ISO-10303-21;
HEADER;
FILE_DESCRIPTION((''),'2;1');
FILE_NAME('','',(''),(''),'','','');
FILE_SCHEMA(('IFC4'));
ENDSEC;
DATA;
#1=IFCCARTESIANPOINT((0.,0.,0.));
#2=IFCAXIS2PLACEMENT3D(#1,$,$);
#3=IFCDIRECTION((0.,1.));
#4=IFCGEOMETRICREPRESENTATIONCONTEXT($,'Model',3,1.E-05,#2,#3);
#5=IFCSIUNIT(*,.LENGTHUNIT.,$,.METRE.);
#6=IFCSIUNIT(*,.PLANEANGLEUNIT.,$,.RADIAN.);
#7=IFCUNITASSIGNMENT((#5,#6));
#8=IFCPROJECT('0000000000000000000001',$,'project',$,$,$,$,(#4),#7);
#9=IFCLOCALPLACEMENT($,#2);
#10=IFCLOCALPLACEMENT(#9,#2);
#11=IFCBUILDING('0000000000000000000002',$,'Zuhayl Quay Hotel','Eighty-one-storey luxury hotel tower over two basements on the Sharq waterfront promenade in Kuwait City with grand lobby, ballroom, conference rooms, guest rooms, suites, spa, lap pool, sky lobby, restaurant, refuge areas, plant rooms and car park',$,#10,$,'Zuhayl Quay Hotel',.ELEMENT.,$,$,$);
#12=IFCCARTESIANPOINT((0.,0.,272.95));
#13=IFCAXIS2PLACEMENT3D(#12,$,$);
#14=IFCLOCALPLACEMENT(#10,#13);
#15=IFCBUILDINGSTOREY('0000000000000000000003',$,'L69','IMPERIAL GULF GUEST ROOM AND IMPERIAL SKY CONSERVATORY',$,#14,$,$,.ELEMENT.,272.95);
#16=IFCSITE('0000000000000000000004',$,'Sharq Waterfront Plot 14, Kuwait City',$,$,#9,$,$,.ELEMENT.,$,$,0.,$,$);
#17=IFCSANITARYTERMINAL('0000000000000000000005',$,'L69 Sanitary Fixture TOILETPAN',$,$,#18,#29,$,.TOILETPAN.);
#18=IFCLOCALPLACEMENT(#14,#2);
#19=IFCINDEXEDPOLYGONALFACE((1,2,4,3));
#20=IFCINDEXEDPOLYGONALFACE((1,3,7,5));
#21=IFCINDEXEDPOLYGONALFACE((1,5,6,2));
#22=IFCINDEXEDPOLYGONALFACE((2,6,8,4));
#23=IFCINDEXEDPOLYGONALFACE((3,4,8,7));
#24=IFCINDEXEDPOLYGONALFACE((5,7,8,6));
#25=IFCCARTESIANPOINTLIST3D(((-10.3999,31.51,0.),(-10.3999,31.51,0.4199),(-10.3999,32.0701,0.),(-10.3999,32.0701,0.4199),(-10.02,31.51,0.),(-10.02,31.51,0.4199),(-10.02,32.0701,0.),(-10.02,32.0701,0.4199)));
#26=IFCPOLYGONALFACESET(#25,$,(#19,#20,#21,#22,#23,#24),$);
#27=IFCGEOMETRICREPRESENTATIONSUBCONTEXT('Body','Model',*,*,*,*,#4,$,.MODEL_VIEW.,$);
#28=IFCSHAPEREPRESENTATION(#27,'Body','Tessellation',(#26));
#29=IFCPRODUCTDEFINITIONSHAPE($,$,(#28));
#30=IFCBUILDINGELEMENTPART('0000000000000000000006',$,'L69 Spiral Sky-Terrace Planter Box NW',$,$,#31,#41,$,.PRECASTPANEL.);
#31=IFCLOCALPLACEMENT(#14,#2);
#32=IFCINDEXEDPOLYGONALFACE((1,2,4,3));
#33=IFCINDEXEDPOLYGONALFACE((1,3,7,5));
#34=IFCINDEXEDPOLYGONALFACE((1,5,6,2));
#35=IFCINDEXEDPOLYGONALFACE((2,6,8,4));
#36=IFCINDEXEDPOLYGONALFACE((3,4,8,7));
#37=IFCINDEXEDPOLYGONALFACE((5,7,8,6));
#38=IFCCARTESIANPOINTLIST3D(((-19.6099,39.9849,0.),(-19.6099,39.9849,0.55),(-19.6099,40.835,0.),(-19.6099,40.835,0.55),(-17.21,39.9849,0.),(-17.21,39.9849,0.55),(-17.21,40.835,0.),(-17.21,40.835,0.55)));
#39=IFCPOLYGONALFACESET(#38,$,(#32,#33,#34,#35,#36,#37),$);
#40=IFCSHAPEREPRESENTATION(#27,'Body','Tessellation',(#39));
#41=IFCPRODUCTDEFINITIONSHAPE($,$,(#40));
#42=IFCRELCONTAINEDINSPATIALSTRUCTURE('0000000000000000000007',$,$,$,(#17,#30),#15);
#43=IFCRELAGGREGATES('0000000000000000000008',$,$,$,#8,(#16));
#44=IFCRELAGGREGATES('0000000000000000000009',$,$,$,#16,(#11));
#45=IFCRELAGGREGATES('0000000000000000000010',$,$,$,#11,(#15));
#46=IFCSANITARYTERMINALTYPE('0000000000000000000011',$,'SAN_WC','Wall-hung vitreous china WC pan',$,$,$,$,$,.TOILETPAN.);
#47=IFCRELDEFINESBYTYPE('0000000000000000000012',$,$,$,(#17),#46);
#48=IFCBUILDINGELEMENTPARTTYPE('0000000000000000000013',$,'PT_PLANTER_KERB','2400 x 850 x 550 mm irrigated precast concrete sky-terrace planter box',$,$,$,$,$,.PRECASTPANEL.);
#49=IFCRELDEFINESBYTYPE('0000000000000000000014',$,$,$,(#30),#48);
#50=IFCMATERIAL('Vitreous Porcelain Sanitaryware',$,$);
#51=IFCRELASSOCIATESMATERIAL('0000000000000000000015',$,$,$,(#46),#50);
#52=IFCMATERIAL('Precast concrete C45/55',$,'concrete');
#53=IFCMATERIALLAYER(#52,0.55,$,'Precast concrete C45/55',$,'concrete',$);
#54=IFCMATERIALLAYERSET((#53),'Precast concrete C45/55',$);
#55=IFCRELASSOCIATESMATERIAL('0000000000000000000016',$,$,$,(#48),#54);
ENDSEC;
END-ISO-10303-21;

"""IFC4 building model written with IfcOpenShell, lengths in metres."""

from ifc_helpers import new_model, si_unit, direction, frame, origin, origin_2d, place, context, subcontext, project, spatial, rectangle, extrude, material, layer, layer_set, type_object, element, save


model = new_model("IFC4")

# Units and contexts
model_context = context("Model", 3, precision=1e-05, world=origin(), true_north=direction((0.0, 1.0)))
body_context = subcontext(model_context, "Body", "Model", "MODEL_VIEW")
ifc_project = project(units=[si_unit("LENGTHUNIT", "METRE"), si_unit("PLANEANGLEUNIT", "RADIAN")], contexts=[model_context])

# Site, building, storey
site_placement = place(None, origin())
site = spatial("IfcSite", under=ifc_project, at=site_placement, Name="Sharq Waterfront Plot 14, Kuwait City", CompositionType="ELEMENT", RefElevation=0.0)
building_placement = place(site_placement, origin())
building = spatial("IfcBuilding", under=site, at=building_placement, Name="Zuhayl Quay Hotel", Description="Eighty-one-storey luxury hotel tower over two basements on the Sharq waterfront promenade in Kuwait City with grand lobby, ballroom, conference rooms, guest rooms, suites, spa, lap pool, sky lobby, restaurant, refuge areas, plant rooms and car park", LongName="Zuhayl Quay Hotel", CompositionType="ELEMENT")
storey_placement = place(building_placement, frame((0.0, 0.0, 272.95)))
storey = spatial("IfcBuildingStorey", under=building, at=storey_placement, Name="L69", Description="IMPERIAL GULF GUEST ROOM AND IMPERIAL SKY CONSERVATORY", CompositionType="ELEMENT", Elevation=272.95)

# Shared definitions
ifc_material_1 = material(Name="Precast concrete C45/55", Category="concrete")

# Sanitary terminal
ifc_material_2 = material(Name="Vitreous Porcelain Sanitaryware")
sanitary_terminal_type_1 = type_object("IfcSanitaryTerminalType", Name="SAN_WC", Description="Wall-hung vitreous china WC pan", PredefinedType="TOILETPAN", material=ifc_material_2)
for number, where, z_axis, x_axis, name in (
    (1, (-10.21, 31.79, 0.0), (0.0, 0.0, 1.0), (1.0, 0.0, 0.0), "L69 Sanitary Fixture TOILETPAN"),
):
    element("IfcSanitaryTerminal", number, at=place(storey_placement, frame(where, z_axis=z_axis, x_axis=x_axis)), inside=storey, type_object=sanitary_terminal_type_1, Name=name, PredefinedType="TOILETPAN", context=body_context, shape_type="SweptSolid", body=[
        extrude(rectangle(XDim=0.3799, YDim=0.5601, at=origin_2d()), origin(), (0.0, 0.0, 1.0), 0.4199),
    ])

# Building element part
ifc_layer_1 = layer(ifc_material_1, 0.55, Name="Precast concrete C45/55", Category="concrete")
ifc_layer_set_1 = layer_set([ifc_layer_1], Name="Precast concrete C45/55")
building_element_part_type = type_object("IfcBuildingElementPartType", Name="PT_PLANTER_KERB", Description="2400 x 850 x 550 mm irrigated precast concrete sky-terrace planter box", PredefinedType="PRECASTPANEL", material=ifc_layer_set_1)
building_element_part_placement = place(storey_placement, frame((-18.4099, 40.4099, 0.0), z_axis=(0.0, 0.0, 1.0), x_axis=(1.0, 0.0, 0.0)))
element("IfcBuildingElementPart", 2, at=building_element_part_placement, inside=storey, type_object=building_element_part_type, Name="L69 Spiral Sky-Terrace Planter Box NW", PredefinedType="PRECASTPANEL", context=body_context, shape_type="SweptSolid", body=[
    extrude(rectangle(XDim=2.3999, YDim=0.8501, at=origin_2d()), origin(), (0.0, 0.0, 1.0), 0.55),
])

save(model, "model.ifc")
